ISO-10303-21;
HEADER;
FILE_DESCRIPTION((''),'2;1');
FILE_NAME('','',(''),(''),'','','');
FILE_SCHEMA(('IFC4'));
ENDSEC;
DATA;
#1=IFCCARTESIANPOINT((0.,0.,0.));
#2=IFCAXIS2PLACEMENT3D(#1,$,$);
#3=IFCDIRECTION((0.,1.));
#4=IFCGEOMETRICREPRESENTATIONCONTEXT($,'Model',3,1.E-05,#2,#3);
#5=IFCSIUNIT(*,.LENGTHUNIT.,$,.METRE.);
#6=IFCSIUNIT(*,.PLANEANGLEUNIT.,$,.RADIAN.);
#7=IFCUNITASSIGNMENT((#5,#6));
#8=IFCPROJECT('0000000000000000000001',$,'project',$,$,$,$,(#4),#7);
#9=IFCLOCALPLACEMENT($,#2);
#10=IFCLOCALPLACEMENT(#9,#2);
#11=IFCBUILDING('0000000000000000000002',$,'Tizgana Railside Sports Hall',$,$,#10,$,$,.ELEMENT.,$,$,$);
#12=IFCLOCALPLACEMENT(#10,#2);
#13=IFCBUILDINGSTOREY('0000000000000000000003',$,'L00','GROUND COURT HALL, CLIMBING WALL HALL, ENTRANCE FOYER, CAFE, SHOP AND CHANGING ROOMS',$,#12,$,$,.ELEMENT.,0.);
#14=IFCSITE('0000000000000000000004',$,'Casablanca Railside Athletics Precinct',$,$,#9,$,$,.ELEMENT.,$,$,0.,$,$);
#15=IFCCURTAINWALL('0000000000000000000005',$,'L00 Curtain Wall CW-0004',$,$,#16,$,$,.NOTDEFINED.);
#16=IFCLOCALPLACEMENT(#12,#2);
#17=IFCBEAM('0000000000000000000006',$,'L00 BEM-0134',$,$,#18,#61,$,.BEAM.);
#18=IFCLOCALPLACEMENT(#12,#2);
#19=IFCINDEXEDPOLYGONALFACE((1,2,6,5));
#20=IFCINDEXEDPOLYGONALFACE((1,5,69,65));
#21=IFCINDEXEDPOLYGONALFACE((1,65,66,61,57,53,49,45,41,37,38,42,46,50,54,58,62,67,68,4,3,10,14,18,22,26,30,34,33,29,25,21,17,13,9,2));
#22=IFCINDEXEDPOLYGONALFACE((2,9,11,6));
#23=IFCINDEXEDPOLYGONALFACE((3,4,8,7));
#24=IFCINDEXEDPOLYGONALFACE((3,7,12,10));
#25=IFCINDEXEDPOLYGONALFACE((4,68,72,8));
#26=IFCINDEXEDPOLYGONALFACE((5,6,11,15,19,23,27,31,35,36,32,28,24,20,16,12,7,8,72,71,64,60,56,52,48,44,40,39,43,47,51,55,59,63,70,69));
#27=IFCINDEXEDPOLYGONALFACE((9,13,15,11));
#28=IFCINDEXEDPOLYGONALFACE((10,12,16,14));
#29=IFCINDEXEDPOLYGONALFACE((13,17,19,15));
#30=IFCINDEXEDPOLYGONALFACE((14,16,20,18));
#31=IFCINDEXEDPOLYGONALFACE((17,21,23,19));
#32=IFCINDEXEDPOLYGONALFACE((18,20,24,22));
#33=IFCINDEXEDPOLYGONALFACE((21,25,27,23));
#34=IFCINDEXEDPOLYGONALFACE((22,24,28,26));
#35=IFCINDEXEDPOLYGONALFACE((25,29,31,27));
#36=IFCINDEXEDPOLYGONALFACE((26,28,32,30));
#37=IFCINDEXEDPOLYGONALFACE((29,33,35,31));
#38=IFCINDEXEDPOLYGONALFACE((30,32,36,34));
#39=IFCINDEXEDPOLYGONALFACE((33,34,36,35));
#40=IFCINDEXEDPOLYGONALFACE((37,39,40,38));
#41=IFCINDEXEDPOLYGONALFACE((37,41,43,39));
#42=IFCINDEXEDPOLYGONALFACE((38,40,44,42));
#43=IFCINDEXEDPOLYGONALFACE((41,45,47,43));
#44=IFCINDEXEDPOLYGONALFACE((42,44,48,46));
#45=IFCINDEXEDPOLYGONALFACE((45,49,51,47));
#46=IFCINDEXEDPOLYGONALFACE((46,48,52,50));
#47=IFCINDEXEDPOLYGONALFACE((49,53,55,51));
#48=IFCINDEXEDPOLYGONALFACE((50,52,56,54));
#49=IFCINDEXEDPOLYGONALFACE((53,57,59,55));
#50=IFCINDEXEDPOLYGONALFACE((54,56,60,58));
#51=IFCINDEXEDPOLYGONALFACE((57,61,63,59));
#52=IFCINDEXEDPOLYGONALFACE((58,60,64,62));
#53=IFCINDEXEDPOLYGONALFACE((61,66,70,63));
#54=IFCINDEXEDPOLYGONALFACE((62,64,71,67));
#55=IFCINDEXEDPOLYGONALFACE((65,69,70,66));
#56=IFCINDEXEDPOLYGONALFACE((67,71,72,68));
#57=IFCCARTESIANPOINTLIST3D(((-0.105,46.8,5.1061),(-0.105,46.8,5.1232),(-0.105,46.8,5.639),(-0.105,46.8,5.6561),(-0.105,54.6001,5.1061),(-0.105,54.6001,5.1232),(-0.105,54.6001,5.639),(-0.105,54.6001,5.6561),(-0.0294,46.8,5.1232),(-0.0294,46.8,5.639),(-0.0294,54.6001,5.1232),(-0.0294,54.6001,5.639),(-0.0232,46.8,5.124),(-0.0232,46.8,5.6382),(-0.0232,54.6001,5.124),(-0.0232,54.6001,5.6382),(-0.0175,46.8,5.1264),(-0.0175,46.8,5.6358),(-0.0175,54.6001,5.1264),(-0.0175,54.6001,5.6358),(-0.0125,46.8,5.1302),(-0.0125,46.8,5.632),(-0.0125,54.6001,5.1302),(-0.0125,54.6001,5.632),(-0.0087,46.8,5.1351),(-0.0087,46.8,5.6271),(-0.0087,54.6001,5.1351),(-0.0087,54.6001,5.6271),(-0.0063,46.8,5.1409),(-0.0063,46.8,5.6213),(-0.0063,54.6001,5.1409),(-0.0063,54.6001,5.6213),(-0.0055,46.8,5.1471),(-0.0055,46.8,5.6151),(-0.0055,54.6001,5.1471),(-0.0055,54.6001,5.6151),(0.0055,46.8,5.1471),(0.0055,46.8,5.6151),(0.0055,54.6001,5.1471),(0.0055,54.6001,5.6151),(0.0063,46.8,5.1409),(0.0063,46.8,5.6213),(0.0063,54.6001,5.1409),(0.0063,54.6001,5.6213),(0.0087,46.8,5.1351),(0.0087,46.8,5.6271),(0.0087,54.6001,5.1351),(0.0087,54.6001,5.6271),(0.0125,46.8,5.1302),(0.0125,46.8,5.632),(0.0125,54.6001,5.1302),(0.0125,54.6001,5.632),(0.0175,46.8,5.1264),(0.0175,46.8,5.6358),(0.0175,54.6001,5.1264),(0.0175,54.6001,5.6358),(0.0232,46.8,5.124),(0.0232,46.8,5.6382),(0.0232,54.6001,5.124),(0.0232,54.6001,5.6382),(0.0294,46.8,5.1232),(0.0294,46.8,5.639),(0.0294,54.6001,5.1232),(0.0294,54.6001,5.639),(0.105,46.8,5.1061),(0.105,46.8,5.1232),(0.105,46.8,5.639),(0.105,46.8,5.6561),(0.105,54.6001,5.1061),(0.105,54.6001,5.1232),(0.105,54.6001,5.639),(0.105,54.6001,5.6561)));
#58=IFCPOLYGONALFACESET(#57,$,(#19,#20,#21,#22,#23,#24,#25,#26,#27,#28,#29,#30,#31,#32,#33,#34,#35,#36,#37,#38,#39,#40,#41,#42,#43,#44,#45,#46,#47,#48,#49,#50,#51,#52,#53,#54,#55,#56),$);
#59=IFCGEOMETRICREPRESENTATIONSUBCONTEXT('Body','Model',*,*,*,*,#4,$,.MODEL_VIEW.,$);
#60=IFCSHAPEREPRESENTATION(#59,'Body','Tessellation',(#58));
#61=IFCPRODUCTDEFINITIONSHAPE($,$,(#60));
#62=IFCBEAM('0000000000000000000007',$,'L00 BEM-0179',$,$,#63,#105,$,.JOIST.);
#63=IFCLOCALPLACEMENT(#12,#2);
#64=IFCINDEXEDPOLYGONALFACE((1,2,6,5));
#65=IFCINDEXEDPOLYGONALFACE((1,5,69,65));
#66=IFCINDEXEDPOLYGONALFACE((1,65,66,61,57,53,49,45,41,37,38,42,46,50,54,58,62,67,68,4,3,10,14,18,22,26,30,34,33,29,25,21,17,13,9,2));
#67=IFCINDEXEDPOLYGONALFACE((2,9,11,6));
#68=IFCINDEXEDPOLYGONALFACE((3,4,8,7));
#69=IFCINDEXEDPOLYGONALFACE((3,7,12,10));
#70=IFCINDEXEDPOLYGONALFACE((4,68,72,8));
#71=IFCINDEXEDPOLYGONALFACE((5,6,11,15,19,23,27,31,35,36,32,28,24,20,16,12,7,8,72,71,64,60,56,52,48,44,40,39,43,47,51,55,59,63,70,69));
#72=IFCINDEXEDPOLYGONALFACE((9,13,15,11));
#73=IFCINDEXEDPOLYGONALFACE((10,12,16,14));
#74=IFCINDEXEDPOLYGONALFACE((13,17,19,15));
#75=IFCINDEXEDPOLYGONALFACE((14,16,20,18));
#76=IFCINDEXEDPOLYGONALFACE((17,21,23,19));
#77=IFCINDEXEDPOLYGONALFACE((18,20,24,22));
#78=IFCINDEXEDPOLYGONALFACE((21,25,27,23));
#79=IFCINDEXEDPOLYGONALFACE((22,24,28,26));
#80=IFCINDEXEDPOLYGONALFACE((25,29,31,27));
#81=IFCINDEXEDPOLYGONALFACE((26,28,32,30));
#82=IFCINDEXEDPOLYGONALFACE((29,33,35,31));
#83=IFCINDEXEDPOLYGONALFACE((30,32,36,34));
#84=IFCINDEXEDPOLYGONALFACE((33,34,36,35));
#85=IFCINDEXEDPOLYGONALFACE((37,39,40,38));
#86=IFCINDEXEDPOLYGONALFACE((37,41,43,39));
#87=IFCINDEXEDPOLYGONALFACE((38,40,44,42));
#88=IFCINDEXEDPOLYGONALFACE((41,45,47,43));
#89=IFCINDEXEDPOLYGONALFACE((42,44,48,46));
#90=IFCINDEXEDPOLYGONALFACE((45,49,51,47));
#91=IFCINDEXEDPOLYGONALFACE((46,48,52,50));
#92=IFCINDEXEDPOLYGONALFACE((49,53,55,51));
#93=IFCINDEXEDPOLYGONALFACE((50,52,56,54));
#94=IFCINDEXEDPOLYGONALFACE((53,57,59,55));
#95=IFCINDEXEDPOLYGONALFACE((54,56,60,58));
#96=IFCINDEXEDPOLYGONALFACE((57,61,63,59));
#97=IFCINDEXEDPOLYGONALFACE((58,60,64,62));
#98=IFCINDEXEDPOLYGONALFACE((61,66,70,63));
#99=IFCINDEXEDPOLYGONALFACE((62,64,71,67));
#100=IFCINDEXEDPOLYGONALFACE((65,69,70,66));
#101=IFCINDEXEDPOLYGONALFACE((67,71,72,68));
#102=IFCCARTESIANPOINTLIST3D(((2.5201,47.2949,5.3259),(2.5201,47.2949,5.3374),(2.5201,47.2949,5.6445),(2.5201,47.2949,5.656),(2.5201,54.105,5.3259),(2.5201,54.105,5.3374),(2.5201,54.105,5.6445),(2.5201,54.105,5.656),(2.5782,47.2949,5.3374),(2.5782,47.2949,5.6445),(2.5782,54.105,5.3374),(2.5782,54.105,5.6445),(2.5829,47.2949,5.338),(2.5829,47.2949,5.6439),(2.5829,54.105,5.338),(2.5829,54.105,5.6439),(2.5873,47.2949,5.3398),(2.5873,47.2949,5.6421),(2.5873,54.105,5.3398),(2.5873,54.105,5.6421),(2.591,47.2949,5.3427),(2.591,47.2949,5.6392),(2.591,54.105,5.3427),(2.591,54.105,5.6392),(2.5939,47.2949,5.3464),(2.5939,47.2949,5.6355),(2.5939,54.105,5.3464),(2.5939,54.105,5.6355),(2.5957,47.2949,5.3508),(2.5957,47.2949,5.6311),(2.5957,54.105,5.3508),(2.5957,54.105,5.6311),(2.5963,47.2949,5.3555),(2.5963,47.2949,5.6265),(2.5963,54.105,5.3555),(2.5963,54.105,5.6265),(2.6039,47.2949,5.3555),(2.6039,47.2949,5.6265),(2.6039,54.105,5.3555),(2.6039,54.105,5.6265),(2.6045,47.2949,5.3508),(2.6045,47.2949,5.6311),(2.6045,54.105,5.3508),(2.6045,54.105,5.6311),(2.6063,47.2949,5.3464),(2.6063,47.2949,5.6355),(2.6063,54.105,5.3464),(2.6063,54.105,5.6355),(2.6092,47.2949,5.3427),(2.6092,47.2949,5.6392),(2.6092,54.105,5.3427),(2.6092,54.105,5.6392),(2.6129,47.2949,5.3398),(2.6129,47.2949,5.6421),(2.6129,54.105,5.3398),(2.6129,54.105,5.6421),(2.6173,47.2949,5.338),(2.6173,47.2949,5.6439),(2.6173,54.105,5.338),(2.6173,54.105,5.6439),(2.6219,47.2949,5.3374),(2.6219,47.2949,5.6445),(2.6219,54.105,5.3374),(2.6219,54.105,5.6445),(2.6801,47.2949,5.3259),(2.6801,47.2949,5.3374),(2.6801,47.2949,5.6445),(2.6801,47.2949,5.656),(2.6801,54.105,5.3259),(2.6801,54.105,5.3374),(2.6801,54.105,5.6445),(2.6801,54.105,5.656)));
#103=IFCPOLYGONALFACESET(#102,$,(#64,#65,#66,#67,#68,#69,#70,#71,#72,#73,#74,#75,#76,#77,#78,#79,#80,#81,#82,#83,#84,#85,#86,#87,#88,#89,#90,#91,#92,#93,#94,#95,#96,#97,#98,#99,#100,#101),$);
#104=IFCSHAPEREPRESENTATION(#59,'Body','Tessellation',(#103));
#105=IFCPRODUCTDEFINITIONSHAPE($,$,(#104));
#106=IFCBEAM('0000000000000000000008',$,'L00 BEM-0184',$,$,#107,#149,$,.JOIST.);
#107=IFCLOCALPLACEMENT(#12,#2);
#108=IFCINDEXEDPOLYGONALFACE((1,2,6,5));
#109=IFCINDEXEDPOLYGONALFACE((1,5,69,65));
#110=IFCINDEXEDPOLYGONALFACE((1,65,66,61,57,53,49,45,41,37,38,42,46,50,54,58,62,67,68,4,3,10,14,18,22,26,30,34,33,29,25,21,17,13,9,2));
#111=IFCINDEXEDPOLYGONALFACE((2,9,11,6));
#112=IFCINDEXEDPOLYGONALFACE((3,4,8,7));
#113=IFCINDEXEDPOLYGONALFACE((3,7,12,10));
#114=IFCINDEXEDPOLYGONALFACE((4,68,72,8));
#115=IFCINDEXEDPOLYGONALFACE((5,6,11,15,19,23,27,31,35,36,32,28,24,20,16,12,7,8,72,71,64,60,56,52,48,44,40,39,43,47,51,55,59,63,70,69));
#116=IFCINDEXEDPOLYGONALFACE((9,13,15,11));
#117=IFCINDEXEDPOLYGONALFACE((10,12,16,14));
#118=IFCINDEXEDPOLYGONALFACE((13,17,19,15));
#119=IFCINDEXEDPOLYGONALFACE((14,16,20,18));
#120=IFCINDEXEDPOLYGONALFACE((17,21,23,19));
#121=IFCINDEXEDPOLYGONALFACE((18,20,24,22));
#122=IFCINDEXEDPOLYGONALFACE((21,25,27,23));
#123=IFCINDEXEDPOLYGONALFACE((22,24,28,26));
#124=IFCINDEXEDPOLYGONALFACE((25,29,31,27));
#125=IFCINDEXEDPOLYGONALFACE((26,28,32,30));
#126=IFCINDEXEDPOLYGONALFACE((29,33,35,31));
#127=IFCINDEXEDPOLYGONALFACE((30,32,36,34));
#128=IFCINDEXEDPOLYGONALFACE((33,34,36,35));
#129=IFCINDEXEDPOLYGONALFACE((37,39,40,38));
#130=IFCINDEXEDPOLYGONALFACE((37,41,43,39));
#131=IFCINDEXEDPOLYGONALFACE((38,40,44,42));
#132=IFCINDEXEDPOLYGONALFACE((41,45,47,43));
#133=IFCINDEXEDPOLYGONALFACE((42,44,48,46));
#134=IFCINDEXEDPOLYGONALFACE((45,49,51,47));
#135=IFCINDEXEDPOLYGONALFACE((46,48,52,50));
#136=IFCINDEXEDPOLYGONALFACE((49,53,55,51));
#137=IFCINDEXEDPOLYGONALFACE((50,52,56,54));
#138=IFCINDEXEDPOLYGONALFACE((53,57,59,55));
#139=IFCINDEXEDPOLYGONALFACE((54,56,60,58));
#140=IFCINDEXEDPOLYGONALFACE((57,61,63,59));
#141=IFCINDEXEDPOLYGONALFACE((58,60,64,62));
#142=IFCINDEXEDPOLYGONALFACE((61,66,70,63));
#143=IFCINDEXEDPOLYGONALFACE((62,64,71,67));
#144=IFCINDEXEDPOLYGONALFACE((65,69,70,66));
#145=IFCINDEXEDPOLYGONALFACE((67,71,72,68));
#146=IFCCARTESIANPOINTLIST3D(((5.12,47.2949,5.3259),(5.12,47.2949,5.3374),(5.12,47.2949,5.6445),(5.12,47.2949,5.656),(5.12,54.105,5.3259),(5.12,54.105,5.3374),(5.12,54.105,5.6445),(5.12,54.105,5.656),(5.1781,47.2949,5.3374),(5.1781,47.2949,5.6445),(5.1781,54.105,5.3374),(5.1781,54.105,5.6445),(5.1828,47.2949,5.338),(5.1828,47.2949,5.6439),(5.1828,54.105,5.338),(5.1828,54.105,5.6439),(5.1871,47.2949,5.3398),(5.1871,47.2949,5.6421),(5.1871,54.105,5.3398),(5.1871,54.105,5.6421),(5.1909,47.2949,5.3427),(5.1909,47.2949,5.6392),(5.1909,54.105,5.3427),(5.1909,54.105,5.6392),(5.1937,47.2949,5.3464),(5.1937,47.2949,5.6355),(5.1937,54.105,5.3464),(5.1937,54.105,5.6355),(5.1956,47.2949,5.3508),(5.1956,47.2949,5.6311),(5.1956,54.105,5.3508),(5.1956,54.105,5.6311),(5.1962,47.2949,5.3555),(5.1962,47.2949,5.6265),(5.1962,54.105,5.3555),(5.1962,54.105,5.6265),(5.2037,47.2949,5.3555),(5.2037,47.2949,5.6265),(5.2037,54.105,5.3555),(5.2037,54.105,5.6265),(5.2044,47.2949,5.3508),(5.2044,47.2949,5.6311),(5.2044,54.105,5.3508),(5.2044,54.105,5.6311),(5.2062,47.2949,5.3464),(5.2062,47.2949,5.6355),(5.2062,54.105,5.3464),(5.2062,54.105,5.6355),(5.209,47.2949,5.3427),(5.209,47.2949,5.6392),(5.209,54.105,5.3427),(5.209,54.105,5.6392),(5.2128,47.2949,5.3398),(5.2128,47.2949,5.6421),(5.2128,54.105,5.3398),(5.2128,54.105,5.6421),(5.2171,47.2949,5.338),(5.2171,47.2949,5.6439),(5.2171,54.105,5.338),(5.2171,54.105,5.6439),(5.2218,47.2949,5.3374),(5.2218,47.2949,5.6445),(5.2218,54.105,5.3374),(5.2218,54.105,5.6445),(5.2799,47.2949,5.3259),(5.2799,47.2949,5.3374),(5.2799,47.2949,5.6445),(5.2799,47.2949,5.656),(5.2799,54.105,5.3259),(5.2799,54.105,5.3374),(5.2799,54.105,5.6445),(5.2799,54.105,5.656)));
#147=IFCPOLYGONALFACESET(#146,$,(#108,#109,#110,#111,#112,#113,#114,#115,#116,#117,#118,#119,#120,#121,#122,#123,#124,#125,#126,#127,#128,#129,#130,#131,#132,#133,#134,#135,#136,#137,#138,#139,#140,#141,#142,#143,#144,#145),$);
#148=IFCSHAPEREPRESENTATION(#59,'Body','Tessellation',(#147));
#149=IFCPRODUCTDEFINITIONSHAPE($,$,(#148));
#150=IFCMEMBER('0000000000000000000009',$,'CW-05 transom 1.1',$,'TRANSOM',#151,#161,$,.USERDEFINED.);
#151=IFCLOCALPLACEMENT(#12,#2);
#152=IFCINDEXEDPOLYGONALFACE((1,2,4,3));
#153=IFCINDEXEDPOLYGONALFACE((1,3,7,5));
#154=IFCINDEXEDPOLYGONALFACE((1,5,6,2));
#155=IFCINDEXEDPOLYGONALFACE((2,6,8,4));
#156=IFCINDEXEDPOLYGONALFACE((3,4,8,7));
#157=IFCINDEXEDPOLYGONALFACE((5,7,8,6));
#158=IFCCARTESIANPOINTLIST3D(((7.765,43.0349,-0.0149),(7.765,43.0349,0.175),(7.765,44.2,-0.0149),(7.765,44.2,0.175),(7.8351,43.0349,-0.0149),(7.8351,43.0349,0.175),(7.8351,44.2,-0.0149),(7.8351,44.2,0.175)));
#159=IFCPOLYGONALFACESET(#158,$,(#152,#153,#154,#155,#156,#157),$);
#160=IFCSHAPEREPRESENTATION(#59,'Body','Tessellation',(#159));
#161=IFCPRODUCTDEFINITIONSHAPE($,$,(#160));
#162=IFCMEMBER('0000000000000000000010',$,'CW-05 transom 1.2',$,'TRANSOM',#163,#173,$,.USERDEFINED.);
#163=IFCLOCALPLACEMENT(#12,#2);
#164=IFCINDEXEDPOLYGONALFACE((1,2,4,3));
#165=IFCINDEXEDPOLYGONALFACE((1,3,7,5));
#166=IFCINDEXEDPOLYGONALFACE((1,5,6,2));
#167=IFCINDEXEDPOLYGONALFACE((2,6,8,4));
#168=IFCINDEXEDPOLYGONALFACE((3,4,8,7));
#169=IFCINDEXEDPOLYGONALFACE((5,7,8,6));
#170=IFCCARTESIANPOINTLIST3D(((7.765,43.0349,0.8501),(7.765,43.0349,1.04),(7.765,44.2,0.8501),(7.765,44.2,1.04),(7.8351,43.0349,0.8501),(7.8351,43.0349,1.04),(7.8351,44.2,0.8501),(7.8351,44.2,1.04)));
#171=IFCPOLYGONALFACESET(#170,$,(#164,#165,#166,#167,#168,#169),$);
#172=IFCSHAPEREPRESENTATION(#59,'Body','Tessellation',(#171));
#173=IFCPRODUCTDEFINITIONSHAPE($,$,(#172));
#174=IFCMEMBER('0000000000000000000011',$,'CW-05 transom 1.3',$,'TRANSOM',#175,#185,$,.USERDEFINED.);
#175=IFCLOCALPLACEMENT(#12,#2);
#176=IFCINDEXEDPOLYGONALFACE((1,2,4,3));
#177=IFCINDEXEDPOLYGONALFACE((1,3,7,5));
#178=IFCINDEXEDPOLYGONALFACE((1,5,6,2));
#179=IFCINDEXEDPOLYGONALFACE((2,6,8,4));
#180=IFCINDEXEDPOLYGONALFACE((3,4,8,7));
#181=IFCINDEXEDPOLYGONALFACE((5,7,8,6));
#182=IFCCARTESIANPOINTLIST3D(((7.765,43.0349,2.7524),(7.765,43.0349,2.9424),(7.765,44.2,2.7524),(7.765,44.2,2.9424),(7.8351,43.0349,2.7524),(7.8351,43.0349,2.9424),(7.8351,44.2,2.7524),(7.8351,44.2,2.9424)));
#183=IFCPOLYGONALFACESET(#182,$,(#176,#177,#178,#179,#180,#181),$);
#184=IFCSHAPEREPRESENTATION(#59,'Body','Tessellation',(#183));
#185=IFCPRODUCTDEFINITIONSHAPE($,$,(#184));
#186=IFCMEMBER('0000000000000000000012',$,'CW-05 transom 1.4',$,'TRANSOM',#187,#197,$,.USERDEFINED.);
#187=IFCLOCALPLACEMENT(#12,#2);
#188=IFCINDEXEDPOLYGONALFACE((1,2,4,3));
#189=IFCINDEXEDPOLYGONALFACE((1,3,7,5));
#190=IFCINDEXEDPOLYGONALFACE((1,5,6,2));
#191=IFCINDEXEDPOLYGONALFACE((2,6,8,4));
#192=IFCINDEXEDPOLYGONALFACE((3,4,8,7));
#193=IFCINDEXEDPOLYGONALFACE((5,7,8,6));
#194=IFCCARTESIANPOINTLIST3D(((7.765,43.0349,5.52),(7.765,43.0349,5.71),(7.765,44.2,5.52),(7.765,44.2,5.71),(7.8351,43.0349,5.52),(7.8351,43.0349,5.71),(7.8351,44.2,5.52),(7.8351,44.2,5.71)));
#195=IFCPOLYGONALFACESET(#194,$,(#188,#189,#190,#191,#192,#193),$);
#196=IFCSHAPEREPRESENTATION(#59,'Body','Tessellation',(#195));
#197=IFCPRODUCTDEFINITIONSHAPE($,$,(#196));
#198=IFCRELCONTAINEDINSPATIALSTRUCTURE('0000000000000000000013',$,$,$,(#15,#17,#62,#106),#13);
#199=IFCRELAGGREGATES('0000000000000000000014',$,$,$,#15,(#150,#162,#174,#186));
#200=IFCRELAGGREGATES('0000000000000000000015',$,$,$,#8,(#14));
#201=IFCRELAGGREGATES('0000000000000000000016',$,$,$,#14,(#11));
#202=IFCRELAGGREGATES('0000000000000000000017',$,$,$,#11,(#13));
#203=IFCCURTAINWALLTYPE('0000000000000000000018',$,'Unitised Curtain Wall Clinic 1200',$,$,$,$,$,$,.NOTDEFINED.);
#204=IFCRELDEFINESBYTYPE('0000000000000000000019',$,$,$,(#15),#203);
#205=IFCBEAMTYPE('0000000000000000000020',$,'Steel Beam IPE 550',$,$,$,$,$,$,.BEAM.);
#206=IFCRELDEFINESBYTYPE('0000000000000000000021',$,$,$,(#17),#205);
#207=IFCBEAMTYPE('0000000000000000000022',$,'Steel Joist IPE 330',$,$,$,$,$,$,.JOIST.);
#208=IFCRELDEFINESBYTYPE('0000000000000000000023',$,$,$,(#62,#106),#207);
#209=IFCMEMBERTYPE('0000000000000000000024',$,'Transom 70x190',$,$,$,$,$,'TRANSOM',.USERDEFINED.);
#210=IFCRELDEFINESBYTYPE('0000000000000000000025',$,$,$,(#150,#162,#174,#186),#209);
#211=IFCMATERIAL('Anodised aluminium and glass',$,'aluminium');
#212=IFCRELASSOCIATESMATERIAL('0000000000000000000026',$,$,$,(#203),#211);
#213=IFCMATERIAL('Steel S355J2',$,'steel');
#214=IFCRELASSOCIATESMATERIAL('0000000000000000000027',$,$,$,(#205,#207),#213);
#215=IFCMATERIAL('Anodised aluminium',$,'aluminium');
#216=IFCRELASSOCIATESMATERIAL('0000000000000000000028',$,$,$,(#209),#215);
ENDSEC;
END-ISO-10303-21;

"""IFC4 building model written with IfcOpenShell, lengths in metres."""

from ifc_helpers import new_model, si_unit, direction, frame, origin, origin_2d, place, context, subcontext, project, spatial, rectangle, i_section, extrude, material, material_profile, profile_set, type_object, element, aggregate, save


model = new_model("IFC4")

# Units and contexts
model_context = context("Model", 3, precision=1e-05, world=origin(), true_north=direction((0.0, 1.0)))
body_context = subcontext(model_context, "Body", "Model", "MODEL_VIEW")
ifc_project = project(units=[si_unit("LENGTHUNIT", "METRE"), si_unit("PLANEANGLEUNIT", "RADIAN")], contexts=[model_context])

# Site, building, storey
site_placement = place(None, origin())
site = spatial("IfcSite", under=ifc_project, at=site_placement, Name="Casablanca Railside Athletics Precinct", CompositionType="ELEMENT", RefElevation=0.0)
building_placement = place(site_placement, origin())
building = spatial("IfcBuilding", under=site, at=building_placement, Name="Tizgana Railside Sports Hall", CompositionType="ELEMENT")
storey_placement = place(building_placement, origin())
storey = spatial("IfcBuildingStorey", under=building, at=storey_placement, Name="L00", Description="GROUND COURT HALL, CLIMBING WALL HALL, ENTRANCE FOYER, CAFE, SHOP AND CHANGING ROOMS", CompositionType="ELEMENT", Elevation=0.0)

# Shared definitions
ifc_material_1 = material(Name="Steel S355J2", Category="steel")

# Curtain wall
ifc_material_2 = material(Name="Anodised aluminium and glass", Category="aluminium")
curtain_wall_type = type_object("IfcCurtainWallType", Name="Unitised Curtain Wall Clinic 1200", PredefinedType="NOTDEFINED", material=ifc_material_2)
curtain_wall_placement = place(storey_placement, origin())
curtain_wall = element("IfcCurtainWall", 1, at=curtain_wall_placement, inside=storey, type_object=curtain_wall_type, Name="L00 Curtain Wall CW-0004", PredefinedType="NOTDEFINED")
ifc_material_3 = material(Name="Anodised aluminium", Category="aluminium")

# Beams
ifc_material_profile_1 = material_profile(ifc_material_1, i_section(OverallWidth=0.21, OverallDepth=0.55, WebThickness=0.011, FlangeThickness=0.0171, FilletRadius=0.0239, at=origin_2d()), Name="IPE 550")
ifc_profile_set_1 = profile_set([ifc_material_profile_1], Name="Steel S355J2")
beam_type_1 = type_object("IfcBeamType", Name="Steel Beam IPE 550", PredefinedType="BEAM", material=ifc_profile_set_1)
beam_1_placement = place(storey_placement, frame((0.0, 46.8, 5.3811), z_axis=(0.0, 1.0, 0.0), x_axis=(-1.0, 0.0, 0.0)))
element("IfcBeam", 2, at=beam_1_placement, inside=storey, type_object=beam_type_1, Name="L00 BEM-0134", PredefinedType="BEAM", context=body_context, shape_type="SweptSolid", body=[
    extrude(i_section(OverallWidth=0.21, OverallDepth=0.55, WebThickness=0.011, FlangeThickness=0.0171, FilletRadius=0.0239, at=origin_2d()), origin(), (0.0, 0.0, 1.0), 7.8),
])
ifc_material_profile_2 = material_profile(ifc_material_1, i_section(OverallWidth=0.1599, OverallDepth=0.3301, WebThickness=0.0076, FlangeThickness=0.0115, FilletRadius=0.0181, at=origin_2d()), Name="IPE 330")
ifc_profile_set_2 = profile_set([ifc_material_profile_2], Name="Steel S355J2")
beam_type_2 = type_object("IfcBeamType", Name="Steel Joist IPE 330", PredefinedType="JOIST", material=ifc_profile_set_2)
for number, where, z_axis, x_axis, name in (
    (3, (2.6001, 47.2949, 5.491), (0.0, 1.0, 0.0), (-1.0, 0.0, 0.0), "L00 BEM-0179"),
    (4, (5.2, 47.2949, 5.491), (0.0, 1.0, 0.0), (-1.0, 0.0, 0.0), "L00 BEM-0184"),
):
    element("IfcBeam", number, at=place(storey_placement, frame(where, z_axis=z_axis, x_axis=x_axis)), inside=storey, type_object=beam_type_2, Name=name, PredefinedType="JOIST", context=body_context, shape_type="SweptSolid", body=[
        extrude(i_section(OverallWidth=0.1599, OverallDepth=0.3301, WebThickness=0.0076, FlangeThickness=0.0115, FilletRadius=0.0181, at=origin_2d()), origin(), (0.0, 0.0, 1.0), 6.8101),
    ])

# Members
ifc_material_profile_3 = material_profile(ifc_material_3, rectangle(XDim=0.0701, YDim=0.1899, at=origin_2d()), Name="Transom 70x190")
ifc_profile_set_3 = profile_set([ifc_material_profile_3], Name="Anodised aluminium")
member_type_1 = type_object("IfcMemberType", Name="Transom 70x190", ElementType="TRANSOM", PredefinedType="USERDEFINED", material=ifc_profile_set_3)
member_1_placement = place(storey_placement, frame((7.8, 44.2, 0.0801), z_axis=(0.0, -1.0, 0.0), x_axis=(1.0, 0.0, 0.0)))
member_1 = element("IfcMember", 5, at=member_1_placement, type_object=member_type_1, Name="CW-05 transom 1.1", ObjectType="TRANSOM", PredefinedType="USERDEFINED", context=body_context, shape_type="SweptSolid", body=[
    extrude(rectangle(XDim=0.0701, YDim=0.1899, at=origin_2d()), origin(), (0.0, 0.0, 1.0), 1.165),
])
member_2_placement = place(storey_placement, frame((7.8, 44.2, 0.9451), z_axis=(0.0, -1.0, 0.0), x_axis=(1.0, 0.0, 0.0)))
member_2 = element("IfcMember", 6, at=member_2_placement, type_object=member_type_1, Name="CW-05 transom 1.2", ObjectType="TRANSOM", PredefinedType="USERDEFINED", context=body_context, shape_type="SweptSolid", body=[
    extrude(rectangle(XDim=0.0701, YDim=0.1899, at=origin_2d()), origin(), (0.0, 0.0, 1.0), 1.165),
])
member_3_placement = place(storey_placement, frame((7.8, 44.2, 2.8474), z_axis=(0.0, -1.0, 0.0), x_axis=(1.0, 0.0, 0.0)))
member_3 = element("IfcMember", 7, at=member_3_placement, type_object=member_type_1, Name="CW-05 transom 1.3", ObjectType="TRANSOM", PredefinedType="USERDEFINED", context=body_context, shape_type="SweptSolid", body=[
    extrude(rectangle(XDim=0.0701, YDim=0.1899, at=origin_2d()), origin(), (0.0, 0.0, 1.0), 1.165),
])
member_4_placement = place(storey_placement, frame((7.8, 44.2, 5.615), z_axis=(0.0, -1.0, 0.0), x_axis=(1.0, 0.0, 0.0)))
member_4 = element("IfcMember", 8, at=member_4_placement, type_object=member_type_1, Name="CW-05 transom 1.4", ObjectType="TRANSOM", PredefinedType="USERDEFINED", context=body_context, shape_type="SweptSolid", body=[
    extrude(rectangle(XDim=0.0701, YDim=0.1899, at=origin_2d()), origin(), (0.0, 0.0, 1.0), 1.165),
])

aggregate(curtain_wall, [member_1, member_2, member_3, member_4])

save(model, "model.ifc")
